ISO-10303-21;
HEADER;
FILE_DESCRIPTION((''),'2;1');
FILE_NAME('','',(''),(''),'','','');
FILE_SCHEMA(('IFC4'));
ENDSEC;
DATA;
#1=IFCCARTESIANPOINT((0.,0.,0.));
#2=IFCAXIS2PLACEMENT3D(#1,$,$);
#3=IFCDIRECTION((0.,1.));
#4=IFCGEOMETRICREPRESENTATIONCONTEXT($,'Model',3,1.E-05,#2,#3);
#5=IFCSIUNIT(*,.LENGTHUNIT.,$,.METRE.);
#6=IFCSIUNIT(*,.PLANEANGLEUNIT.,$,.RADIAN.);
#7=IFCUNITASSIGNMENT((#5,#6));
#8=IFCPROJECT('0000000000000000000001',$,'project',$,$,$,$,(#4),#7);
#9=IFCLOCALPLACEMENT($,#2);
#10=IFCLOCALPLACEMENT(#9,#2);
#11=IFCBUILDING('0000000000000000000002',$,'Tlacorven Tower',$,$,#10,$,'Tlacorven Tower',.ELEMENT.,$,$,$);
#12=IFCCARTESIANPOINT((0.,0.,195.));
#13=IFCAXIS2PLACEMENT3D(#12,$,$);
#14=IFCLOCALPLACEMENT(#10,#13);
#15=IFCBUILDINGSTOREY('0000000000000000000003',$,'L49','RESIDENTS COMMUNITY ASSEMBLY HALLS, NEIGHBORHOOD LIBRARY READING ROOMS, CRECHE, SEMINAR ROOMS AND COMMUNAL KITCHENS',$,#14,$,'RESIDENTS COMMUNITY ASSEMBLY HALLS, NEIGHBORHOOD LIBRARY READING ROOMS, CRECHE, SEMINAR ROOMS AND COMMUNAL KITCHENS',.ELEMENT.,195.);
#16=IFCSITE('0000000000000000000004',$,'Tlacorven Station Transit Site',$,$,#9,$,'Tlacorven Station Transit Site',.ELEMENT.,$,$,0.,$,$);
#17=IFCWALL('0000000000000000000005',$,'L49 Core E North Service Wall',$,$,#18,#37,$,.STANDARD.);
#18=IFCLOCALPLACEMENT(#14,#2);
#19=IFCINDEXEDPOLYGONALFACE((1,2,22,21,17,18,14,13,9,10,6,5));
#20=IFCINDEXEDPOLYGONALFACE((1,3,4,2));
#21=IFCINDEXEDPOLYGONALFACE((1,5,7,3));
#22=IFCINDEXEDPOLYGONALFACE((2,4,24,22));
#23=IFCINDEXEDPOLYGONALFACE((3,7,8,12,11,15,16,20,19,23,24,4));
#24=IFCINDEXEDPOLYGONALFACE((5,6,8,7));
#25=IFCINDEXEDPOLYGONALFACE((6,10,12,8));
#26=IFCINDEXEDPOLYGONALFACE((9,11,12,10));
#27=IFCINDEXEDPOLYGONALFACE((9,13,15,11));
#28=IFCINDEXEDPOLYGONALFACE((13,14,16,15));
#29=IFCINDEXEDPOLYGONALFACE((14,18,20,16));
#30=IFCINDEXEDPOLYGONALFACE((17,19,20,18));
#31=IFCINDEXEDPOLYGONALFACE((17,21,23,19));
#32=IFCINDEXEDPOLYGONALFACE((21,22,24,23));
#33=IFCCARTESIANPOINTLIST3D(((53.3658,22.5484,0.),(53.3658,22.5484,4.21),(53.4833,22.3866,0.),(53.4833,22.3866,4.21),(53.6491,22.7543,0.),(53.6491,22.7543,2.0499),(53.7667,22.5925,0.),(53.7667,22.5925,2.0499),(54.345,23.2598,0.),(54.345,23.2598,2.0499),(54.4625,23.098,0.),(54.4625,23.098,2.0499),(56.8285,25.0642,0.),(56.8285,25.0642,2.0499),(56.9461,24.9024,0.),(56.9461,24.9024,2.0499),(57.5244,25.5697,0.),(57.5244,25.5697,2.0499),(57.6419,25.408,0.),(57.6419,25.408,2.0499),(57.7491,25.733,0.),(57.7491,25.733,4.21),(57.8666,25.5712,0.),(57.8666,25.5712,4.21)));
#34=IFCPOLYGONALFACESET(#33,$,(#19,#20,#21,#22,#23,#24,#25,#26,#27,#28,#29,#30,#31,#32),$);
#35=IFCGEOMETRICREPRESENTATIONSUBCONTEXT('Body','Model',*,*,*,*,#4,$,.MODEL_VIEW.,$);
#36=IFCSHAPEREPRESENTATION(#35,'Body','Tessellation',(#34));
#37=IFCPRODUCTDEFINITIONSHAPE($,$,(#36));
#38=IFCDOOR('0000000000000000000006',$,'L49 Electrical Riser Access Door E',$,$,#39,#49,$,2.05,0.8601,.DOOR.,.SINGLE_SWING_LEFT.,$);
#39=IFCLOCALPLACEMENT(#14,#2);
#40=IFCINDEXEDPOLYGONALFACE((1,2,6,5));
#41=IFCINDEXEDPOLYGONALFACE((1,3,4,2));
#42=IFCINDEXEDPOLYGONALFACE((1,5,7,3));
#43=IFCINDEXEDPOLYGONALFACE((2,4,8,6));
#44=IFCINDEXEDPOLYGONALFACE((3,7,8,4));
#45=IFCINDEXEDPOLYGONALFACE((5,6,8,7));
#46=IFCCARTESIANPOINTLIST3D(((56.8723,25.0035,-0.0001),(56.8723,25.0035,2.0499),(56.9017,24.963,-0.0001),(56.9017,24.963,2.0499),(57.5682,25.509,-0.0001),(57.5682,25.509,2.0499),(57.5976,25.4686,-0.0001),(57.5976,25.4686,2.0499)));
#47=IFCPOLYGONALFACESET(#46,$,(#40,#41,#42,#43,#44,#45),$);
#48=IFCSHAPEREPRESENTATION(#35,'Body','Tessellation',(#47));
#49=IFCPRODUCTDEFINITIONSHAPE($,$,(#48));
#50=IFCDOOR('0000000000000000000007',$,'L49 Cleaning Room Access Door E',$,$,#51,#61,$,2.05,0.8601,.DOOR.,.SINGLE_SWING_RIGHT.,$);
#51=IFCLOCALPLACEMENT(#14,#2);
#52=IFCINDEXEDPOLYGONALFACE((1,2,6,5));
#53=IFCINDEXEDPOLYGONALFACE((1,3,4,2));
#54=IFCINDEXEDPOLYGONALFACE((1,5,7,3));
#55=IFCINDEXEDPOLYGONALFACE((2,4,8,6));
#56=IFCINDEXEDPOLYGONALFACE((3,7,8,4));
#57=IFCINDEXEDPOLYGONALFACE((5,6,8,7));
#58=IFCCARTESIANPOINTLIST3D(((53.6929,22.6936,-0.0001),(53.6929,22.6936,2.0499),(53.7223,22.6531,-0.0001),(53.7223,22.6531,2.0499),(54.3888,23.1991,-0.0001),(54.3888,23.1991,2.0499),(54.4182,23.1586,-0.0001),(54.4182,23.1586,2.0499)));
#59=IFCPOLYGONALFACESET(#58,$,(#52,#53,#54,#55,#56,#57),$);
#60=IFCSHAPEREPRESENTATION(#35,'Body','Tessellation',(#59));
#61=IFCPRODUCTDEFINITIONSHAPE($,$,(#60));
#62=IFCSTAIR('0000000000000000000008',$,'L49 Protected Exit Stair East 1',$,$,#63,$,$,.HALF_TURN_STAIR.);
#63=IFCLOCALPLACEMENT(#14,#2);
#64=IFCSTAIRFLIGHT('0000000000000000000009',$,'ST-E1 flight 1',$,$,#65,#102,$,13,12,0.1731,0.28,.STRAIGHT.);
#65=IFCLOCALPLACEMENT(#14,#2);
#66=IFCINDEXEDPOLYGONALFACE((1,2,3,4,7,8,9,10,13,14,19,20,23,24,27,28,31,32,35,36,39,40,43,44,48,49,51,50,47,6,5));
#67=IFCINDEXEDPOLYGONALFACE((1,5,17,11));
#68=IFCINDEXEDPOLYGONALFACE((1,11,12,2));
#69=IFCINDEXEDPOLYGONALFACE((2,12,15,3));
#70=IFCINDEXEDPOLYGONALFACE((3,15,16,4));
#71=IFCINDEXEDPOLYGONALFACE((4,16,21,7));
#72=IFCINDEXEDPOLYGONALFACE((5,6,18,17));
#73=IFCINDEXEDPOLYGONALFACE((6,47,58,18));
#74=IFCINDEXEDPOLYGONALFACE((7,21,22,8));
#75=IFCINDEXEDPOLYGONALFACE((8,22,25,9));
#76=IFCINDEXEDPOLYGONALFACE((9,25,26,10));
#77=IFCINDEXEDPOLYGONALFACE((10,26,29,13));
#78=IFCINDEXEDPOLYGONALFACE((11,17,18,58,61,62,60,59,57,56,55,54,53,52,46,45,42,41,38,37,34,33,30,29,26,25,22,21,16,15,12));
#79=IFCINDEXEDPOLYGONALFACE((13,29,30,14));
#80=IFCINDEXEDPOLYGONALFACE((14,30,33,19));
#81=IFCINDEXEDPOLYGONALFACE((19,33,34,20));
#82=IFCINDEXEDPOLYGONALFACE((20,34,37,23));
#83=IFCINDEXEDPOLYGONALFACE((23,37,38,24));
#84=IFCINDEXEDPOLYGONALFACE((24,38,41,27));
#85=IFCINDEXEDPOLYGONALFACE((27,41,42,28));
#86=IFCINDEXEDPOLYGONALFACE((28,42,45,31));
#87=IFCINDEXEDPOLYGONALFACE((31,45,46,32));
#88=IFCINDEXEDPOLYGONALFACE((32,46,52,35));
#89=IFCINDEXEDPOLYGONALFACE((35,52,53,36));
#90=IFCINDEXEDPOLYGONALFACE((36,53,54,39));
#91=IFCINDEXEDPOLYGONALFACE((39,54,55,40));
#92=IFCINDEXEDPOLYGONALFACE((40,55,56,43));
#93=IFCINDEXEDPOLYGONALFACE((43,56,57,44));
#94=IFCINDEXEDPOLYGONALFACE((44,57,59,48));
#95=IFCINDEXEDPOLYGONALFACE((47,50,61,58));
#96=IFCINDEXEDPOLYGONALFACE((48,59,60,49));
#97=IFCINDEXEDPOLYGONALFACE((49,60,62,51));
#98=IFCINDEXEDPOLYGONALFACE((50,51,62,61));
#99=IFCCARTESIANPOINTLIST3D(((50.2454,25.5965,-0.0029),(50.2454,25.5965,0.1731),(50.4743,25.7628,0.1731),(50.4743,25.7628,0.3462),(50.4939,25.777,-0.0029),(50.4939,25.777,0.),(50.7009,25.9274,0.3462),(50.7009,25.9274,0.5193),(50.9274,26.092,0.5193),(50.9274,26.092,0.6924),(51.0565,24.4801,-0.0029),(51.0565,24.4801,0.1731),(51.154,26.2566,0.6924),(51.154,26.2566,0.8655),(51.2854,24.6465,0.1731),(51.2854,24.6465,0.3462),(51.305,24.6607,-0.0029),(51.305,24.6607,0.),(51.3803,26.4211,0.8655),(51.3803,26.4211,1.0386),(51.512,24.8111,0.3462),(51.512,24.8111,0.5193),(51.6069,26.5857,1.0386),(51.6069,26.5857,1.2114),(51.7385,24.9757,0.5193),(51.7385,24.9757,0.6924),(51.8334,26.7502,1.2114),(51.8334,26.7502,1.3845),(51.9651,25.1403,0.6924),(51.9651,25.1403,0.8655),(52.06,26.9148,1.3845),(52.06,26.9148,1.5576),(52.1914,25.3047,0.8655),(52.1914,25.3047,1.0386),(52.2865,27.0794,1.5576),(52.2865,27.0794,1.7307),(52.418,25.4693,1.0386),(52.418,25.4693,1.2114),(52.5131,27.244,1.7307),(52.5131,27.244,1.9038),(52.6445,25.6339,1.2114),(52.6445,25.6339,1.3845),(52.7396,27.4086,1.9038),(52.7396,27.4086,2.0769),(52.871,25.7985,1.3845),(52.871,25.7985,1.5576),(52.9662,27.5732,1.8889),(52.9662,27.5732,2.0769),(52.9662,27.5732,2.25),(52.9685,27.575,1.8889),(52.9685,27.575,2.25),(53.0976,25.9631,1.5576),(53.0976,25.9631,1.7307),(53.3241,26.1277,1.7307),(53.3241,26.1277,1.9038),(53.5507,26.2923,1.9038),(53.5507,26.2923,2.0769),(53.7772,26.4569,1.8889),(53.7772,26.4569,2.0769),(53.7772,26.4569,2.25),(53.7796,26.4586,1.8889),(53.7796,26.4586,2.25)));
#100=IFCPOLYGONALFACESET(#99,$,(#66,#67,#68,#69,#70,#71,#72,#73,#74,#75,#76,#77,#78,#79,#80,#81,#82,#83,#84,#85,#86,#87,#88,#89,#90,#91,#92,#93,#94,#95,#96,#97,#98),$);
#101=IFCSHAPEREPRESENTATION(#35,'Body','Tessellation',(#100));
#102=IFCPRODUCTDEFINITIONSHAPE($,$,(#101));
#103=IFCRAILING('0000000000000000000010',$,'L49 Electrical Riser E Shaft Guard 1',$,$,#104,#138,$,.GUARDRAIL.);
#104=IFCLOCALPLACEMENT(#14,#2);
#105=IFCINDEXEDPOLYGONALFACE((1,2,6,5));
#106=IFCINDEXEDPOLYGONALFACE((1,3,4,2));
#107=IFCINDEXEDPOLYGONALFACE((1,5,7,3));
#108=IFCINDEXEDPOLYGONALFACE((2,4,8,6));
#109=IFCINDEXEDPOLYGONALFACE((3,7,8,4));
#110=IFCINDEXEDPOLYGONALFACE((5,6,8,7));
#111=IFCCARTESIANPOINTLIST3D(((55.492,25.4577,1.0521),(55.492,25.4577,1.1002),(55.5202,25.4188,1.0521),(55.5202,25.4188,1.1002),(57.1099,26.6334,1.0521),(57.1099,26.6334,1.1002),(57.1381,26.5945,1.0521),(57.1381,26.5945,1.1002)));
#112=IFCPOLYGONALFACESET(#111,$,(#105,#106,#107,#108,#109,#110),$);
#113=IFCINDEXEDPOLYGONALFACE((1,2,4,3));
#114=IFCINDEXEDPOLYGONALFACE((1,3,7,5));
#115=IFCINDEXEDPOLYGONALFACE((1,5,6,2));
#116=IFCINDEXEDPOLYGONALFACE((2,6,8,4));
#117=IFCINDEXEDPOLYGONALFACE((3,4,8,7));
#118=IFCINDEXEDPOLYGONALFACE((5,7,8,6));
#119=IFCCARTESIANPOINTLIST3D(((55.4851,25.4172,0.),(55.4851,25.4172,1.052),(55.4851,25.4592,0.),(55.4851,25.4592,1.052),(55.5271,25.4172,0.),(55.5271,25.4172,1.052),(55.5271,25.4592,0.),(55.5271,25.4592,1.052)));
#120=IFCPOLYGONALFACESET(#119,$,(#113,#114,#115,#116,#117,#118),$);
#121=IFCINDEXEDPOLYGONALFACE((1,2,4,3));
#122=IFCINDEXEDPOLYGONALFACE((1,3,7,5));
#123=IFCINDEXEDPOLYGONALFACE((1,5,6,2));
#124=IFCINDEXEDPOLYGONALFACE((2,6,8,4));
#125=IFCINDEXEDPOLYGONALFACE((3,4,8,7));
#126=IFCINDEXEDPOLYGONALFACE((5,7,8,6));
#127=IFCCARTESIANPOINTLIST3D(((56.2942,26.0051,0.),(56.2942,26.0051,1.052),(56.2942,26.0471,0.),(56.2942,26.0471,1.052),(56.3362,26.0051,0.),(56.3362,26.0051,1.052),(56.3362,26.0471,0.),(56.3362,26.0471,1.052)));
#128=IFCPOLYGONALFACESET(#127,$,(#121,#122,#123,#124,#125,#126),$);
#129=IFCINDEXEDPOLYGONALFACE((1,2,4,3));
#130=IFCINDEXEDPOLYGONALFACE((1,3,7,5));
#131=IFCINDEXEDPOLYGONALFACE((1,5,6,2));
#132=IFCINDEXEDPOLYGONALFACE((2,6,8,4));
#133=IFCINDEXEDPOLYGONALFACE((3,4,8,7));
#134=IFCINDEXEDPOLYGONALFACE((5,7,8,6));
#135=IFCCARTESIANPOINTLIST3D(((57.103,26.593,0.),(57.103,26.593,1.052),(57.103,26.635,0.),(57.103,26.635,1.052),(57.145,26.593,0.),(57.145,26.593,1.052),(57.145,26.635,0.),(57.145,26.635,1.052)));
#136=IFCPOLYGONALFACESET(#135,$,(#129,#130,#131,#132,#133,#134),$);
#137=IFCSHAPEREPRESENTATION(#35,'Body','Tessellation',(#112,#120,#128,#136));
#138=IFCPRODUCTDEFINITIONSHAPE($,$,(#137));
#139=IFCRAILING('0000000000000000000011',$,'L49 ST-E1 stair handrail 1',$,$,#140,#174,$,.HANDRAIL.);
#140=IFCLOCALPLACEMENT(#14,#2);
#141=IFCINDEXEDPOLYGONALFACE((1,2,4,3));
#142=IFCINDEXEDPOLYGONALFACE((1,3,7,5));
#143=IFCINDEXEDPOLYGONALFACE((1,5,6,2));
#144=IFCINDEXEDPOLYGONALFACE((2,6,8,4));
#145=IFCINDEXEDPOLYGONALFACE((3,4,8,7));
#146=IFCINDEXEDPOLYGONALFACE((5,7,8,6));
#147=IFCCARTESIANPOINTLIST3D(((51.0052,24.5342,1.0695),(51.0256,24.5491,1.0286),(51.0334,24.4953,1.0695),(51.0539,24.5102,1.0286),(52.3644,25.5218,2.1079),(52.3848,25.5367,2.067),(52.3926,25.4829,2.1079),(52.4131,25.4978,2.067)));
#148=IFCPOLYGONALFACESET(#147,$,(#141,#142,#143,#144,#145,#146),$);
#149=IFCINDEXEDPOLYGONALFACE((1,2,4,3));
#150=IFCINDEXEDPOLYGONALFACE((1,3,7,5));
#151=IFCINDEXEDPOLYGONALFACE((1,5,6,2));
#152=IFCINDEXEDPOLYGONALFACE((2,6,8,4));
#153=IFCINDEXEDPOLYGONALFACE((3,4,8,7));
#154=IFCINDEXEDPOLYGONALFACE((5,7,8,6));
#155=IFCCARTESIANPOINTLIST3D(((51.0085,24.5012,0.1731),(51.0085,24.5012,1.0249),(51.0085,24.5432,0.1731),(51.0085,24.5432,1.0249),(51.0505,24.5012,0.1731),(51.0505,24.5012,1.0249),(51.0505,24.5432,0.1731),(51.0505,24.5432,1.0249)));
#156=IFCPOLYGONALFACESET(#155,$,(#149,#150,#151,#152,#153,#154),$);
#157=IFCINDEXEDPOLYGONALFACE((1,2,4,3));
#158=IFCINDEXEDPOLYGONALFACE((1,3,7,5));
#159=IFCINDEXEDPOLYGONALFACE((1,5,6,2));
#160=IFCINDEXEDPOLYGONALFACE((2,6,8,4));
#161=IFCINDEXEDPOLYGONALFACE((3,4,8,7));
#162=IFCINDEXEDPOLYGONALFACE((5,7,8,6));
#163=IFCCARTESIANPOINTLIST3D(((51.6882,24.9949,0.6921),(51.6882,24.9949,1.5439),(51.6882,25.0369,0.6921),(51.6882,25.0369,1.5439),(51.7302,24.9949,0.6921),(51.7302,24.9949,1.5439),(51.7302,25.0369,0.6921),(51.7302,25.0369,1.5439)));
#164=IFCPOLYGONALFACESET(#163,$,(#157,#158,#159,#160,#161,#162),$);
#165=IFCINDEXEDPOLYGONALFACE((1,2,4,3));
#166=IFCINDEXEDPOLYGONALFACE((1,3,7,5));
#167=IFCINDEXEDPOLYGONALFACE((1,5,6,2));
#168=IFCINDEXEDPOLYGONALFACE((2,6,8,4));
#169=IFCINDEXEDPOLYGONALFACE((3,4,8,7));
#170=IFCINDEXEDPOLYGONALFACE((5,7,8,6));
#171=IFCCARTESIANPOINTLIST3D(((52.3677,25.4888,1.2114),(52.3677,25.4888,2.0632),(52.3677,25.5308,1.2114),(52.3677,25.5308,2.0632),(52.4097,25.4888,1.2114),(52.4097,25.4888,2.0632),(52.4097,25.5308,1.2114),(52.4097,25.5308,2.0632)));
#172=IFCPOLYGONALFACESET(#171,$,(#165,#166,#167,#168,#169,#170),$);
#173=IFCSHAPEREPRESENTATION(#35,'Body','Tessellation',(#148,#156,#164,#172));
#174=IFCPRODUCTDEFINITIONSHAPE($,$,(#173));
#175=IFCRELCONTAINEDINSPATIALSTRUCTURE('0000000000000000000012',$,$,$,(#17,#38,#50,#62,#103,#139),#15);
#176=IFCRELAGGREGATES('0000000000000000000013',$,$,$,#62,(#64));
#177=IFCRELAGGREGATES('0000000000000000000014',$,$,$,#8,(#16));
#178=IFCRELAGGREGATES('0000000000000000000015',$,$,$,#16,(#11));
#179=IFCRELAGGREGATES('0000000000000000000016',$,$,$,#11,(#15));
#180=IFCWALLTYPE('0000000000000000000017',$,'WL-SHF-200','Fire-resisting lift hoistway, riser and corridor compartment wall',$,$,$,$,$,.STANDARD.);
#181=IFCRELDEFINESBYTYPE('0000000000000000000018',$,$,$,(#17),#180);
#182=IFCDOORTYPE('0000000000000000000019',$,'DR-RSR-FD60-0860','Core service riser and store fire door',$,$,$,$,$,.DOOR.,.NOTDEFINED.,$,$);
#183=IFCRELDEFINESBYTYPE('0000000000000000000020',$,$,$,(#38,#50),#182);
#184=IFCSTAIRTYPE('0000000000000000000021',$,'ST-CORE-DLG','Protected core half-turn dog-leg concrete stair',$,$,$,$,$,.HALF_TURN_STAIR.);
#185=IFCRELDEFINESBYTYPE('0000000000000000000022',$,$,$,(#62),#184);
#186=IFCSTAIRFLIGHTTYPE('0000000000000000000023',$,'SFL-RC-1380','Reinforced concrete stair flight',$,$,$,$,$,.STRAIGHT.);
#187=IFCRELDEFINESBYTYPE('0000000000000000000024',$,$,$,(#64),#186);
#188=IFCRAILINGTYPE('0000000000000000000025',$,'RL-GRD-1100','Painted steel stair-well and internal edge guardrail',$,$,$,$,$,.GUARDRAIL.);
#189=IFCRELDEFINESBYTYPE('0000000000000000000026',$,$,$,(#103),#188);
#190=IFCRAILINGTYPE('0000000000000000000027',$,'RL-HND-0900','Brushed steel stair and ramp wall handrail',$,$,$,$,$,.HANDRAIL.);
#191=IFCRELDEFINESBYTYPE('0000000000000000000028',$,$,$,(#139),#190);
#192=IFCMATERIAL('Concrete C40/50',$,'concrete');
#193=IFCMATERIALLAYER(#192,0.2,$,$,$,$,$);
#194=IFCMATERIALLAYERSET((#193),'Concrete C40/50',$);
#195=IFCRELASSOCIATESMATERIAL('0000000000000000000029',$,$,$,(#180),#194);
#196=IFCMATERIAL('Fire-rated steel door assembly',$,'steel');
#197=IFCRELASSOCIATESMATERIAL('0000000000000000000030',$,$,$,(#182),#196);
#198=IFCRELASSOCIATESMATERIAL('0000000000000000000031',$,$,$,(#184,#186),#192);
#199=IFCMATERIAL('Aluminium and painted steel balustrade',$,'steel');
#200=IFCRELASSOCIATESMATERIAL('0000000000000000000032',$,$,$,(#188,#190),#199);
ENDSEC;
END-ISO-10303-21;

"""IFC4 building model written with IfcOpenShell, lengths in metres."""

from ifc_helpers import new_model, si_unit, direction, frame, frame_2d, origin, origin_2d, place, context, subcontext, project, spatial, polyline, rectangle, outline, extrude, source, transform, mapped, material, layer, layer_set, type_object, element, fill, aggregate, save


model = new_model("IFC4")

# Units and contexts
model_context = context("Model", 3, precision=1e-05, world=origin(), true_north=direction((0.0, 1.0)))
body_context = subcontext(model_context, "Body", "Model", "MODEL_VIEW")
ifc_project = project(units=[si_unit("LENGTHUNIT", "METRE"), si_unit("PLANEANGLEUNIT", "RADIAN")], contexts=[model_context])

# Site, building, storey
site_placement = place(None, origin())
site = spatial("IfcSite", under=ifc_project, at=site_placement, Name="Tlacorven Station Transit Site", LongName="Tlacorven Station Transit Site", CompositionType="ELEMENT", RefElevation=0.0)
building_placement = place(site_placement, origin())
building = spatial("IfcBuilding", under=site, at=building_placement, Name="Tlacorven Tower", LongName="Tlacorven Tower", CompositionType="ELEMENT")
storey_placement = place(building_placement, frame((0.0, 0.0, 195.0)))
storey = spatial("IfcBuildingStorey", under=building, at=storey_placement, Name="L49", Description="RESIDENTS COMMUNITY ASSEMBLY HALLS, NEIGHBORHOOD LIBRARY READING ROOMS, CRECHE, SEMINAR ROOMS AND COMMUNAL KITCHENS", LongName="RESIDENTS COMMUNITY ASSEMBLY HALLS, NEIGHBORHOOD LIBRARY READING ROOMS, CRECHE, SEMINAR ROOMS AND COMMUNAL KITCHENS", CompositionType="ELEMENT", Elevation=195.0)

# Shared definitions
ifc_material_1 = material(Name="Concrete C40/50", Category="concrete")
ifc_layer_1 = layer(ifc_material_1, 0.2)
ifc_layer_set_1 = layer_set([ifc_layer_1], Name="Concrete C40/50")
wall_type_1 = type_object("IfcWallType", Name="WL-SHF-200", Description="Fire-resisting lift hoistway, riser and corridor compartment wall", PredefinedType="STANDARD", material=ifc_layer_set_1)

# Wall, openings, doors
wall_1_placement = place(storey_placement, frame((53.4246, 22.4675, 0.0), z_axis=(0.0, 0.0, 1.0), x_axis=(0.809024, 0.587775, 0.0)))
wall_1 = element("IfcWall", 1, at=wall_1_placement, inside=storey, type_object=wall_type_1, Name="L49 Core E North Service Wall", PredefinedType="STANDARD", context=body_context, shape_type="SweptSolid", body=[
    extrude(rectangle(XDim=5.418, YDim=0.2, at=frame_2d((2.709, 0.0))), origin(), (0.0, 0.0, 1.0), 4.21),
])
opening_1_placement = place(wall_1_placement, frame((4.28, 0.0, 0.0)))
opening_1 = element("IfcOpeningElement", 2, at=opening_1_placement, cuts=wall_1, PredefinedType="OPENING", context=body_context, shape_type="SweptSolid", body=[
    extrude(rectangle(XDim=0.8601, YDim=2.05, at=frame_2d((0.4302, 1.0249))), frame((0.0, 0.1099, 0.0), z_axis=(0.0, -1.0, 0.0), x_axis=(1.0, 0.0, 0.0)), (0.0, 0.0, 1.0), 0.22),
])
opening_2_placement = place(wall_1_placement, frame((0.3501, 0.0, 0.0)))
opening_2 = element("IfcOpeningElement", 3, at=opening_2_placement, cuts=wall_1, PredefinedType="OPENING", context=body_context, shape_type="SweptSolid", body=[
    extrude(rectangle(XDim=0.8601, YDim=2.05, at=frame_2d((0.4302, 1.0249))), frame((0.0, 0.1099, 0.0), z_axis=(0.0, -1.0, 0.0), x_axis=(1.0, 0.0, 0.0)), (0.0, 0.0, 1.0), 0.22),
])
ifc_material_2 = material(Name="Fire-rated steel door assembly", Category="steel")
door_type_1 = type_object("IfcDoorType", Name="DR-RSR-FD60-0860", Description="Core service riser and store fire door", OperationType="NOTDEFINED", PredefinedType="DOOR", material=ifc_material_2)
shared_shape_1 = source(origin(), body_context, "Body", "SweptSolid", [
    extrude(rectangle(XDim=0.8601, YDim=2.05, at=frame_2d((0.4302, 1.0249))), frame((0.0, 0.0249, 0.0), z_axis=(0.0, -1.0, 0.0), x_axis=(1.0, 0.0, 0.0)), (0.0, 0.0, 1.0), 0.05),
])
door_1_placement = place(opening_1_placement, frame((0.8601, 0.0, 0.0), z_axis=(0.0, 0.0, 1.0), x_axis=(-1.0, 0.0, 0.0)))
door_1 = element("IfcDoor", 4, at=door_1_placement, inside=storey, type_object=door_type_1, Name="L49 Electrical Riser Access Door E", OperationType="SINGLE_SWING_LEFT", OverallHeight=2.05, OverallWidth=0.8601, PredefinedType="DOOR", context=body_context, shape_type="MappedRepresentation", body=[
    mapped(shared_shape_1, transform((0.0, 0.0, 0.0), scale=1.0)),
])
fill(opening_1, door_1)
door_2_placement = place(opening_2_placement, frame((0.8601, 0.0, 0.0), z_axis=(0.0, 0.0, 1.0), x_axis=(-1.0, 0.0, 0.0)))
door_2 = element("IfcDoor", 5, at=door_2_placement, inside=storey, type_object=door_type_1, Name="L49 Cleaning Room Access Door E", OperationType="SINGLE_SWING_RIGHT", OverallHeight=2.05, OverallWidth=0.8601, PredefinedType="DOOR", context=body_context, shape_type="MappedRepresentation", body=[
    mapped(shared_shape_1, transform((0.0, 0.0, 0.0), scale=1.0)),
])
fill(opening_2, door_2)

# Stair, stair flight
stair_type = type_object("IfcStairType", Name="ST-CORE-DLG", Description="Protected core half-turn dog-leg concrete stair", PredefinedType="HALF_TURN_STAIR", material=ifc_material_1)
stair_placement = place(storey_placement, origin())
stair = element("IfcStair", 6, at=stair_placement, inside=storey, type_object=stair_type, Name="L49 Protected Exit Stair East 1", PredefinedType="HALF_TURN_STAIR")
stair_flight_type = type_object("IfcStairFlightType", Name="SFL-RC-1380", Description="Reinforced concrete stair flight", PredefinedType="STRAIGHT", material=ifc_material_1)
shared_shape_2 = source(origin(), body_context, "Body", "SweptSolid", [
    extrude(outline(polyline([(-0.0029, -0.0029), (-0.0029, 0.1731), (0.28, 0.1731), (0.28, 0.3462), (0.5601, 0.3462), (0.5601, 0.5193), (0.8401, 0.5193), (0.8401, 0.6924), (1.1201, 0.6924), (1.1201, 0.8655), (1.3999, 0.8655), (1.3999, 1.0386), (1.6799, 1.0386), (1.6799, 1.2114), (1.96, 1.2114), (1.96, 1.3845), (2.24, 1.3845), (2.24, 1.5576), (2.52, 1.5576), (2.52, 1.7307), (2.8, 1.7307), (2.8, 1.9038), (3.0801, 1.9038), (3.0801, 2.0769), (3.3601, 2.0769), (3.3601, 2.25), (3.363, 2.25), (3.363, 1.8889), (3.3601, 1.8889), (0.3042, 0.0), (0.3042, -0.0029), (-0.0029, -0.0029)])), frame((0.0, 0.6899, 0.0), z_axis=(0.0, -1.0, 0.0), x_axis=(1.0, 0.0, 0.0)), (0.0, 0.0, 1.0), 1.3799),
])
stair_flight_placement = place(storey_placement, frame((50.6533, 25.04, 0.0), z_axis=(0.0, 0.0, 1.0), x_axis=(0.809017, 0.587785, 0.0)))
stair_flight = element("IfcStairFlight", 7, at=stair_flight_placement, type_object=stair_flight_type, Name="ST-E1 flight 1", NumberOfRisers=13, NumberOfTreads=12, PredefinedType="STRAIGHT", RiserHeight=0.1731, TreadLength=0.28, context=body_context, shape_type="MappedRepresentation", body=[
    mapped(shared_shape_2, transform((0.0, 0.0, 0.0), scale=1.0)),
])
aggregate(stair, [stair_flight])

# Railings
ifc_material_3 = material(Name="Aluminium and painted steel balustrade", Category="steel")
railing_type_1 = type_object("IfcRailingType", Name="RL-GRD-1100", Description="Painted steel stair-well and internal edge guardrail", PredefinedType="GUARDRAIL", material=ifc_material_3)
shared_shape_3 = source(origin(), body_context, "Body", "SweptSolid", [
    extrude(rectangle(XDim=0.0481, YDim=0.0481, at=origin_2d()), frame((0.0, 0.0, 1.0762), z_axis=(0.808947, 0.587881, 0.0), x_axis=(-0.587881, 0.808947, 0.0)), (0.0, 0.0, 1.0), 2.0),
    extrude(rectangle(XDim=0.042, YDim=0.042, at=origin_2d()), origin(), (0.0, 0.0, 1.0), 1.052),
    extrude(rectangle(XDim=0.042, YDim=0.042, at=origin_2d()), frame((0.8091, 0.5879, 0.0)), (0.0, 0.0, 1.0), 1.052),
    extrude(rectangle(XDim=0.042, YDim=0.042, at=origin_2d()), frame((1.6179, 1.1758, 0.0)), (0.0, 0.0, 1.0), 1.052),
])
railing_1_placement = place(storey_placement, frame((55.5061, 25.4382, 0.0)))
element("IfcRailing", 8, at=railing_1_placement, inside=storey, type_object=railing_type_1, Name="L49 Electrical Riser E Shaft Guard 1", PredefinedType="GUARDRAIL", context=body_context, shape_type="MappedRepresentation", body=[
    mapped(shared_shape_3, transform((0.0, 0.0, 0.0), scale=1.0)),
])
railing_type_2 = type_object("IfcRailingType", Name="RL-HND-0900", Description="Brushed steel stair and ramp wall handrail", PredefinedType="HANDRAIL", material=ifc_material_3)
shared_shape_4 = source(origin(), body_context, "Body", "SweptSolid", [
    extrude(rectangle(XDim=0.0481, YDim=0.0481, at=origin_2d()), frame((0.0, 0.0, 0.876), z_axis=(0.688168, 0.500025, 0.525737), x_axis=(-0.587817, 0.808994, 0.0)), (0.0, 0.0, 1.0), 1.9751),
    extrude(rectangle(XDim=0.042, YDim=0.042, at=origin_2d()), origin(), (0.0, 0.0, 1.0), 0.8518),
    extrude(rectangle(XDim=0.042, YDim=0.042, at=origin_2d()), frame((0.6797, 0.4937, 0.519)), (0.0, 0.0, 1.0), 0.8518),
    extrude(rectangle(XDim=0.042, YDim=0.042, at=origin_2d()), frame((1.3591, 0.9875, 1.0383)), (0.0, 0.0, 1.0), 0.8518),
])
railing_2_placement = place(storey_placement, frame((51.0295, 24.5222, 0.1731)))
element("IfcRailing", 9, at=railing_2_placement, inside=storey, type_object=railing_type_2, Name="L49 ST-E1 stair handrail 1", PredefinedType="HANDRAIL", context=body_context, shape_type="MappedRepresentation", body=[
    mapped(shared_shape_4, transform((0.0, 0.0, 0.0), scale=1.0)),
])

save(model, "model.ifc")
